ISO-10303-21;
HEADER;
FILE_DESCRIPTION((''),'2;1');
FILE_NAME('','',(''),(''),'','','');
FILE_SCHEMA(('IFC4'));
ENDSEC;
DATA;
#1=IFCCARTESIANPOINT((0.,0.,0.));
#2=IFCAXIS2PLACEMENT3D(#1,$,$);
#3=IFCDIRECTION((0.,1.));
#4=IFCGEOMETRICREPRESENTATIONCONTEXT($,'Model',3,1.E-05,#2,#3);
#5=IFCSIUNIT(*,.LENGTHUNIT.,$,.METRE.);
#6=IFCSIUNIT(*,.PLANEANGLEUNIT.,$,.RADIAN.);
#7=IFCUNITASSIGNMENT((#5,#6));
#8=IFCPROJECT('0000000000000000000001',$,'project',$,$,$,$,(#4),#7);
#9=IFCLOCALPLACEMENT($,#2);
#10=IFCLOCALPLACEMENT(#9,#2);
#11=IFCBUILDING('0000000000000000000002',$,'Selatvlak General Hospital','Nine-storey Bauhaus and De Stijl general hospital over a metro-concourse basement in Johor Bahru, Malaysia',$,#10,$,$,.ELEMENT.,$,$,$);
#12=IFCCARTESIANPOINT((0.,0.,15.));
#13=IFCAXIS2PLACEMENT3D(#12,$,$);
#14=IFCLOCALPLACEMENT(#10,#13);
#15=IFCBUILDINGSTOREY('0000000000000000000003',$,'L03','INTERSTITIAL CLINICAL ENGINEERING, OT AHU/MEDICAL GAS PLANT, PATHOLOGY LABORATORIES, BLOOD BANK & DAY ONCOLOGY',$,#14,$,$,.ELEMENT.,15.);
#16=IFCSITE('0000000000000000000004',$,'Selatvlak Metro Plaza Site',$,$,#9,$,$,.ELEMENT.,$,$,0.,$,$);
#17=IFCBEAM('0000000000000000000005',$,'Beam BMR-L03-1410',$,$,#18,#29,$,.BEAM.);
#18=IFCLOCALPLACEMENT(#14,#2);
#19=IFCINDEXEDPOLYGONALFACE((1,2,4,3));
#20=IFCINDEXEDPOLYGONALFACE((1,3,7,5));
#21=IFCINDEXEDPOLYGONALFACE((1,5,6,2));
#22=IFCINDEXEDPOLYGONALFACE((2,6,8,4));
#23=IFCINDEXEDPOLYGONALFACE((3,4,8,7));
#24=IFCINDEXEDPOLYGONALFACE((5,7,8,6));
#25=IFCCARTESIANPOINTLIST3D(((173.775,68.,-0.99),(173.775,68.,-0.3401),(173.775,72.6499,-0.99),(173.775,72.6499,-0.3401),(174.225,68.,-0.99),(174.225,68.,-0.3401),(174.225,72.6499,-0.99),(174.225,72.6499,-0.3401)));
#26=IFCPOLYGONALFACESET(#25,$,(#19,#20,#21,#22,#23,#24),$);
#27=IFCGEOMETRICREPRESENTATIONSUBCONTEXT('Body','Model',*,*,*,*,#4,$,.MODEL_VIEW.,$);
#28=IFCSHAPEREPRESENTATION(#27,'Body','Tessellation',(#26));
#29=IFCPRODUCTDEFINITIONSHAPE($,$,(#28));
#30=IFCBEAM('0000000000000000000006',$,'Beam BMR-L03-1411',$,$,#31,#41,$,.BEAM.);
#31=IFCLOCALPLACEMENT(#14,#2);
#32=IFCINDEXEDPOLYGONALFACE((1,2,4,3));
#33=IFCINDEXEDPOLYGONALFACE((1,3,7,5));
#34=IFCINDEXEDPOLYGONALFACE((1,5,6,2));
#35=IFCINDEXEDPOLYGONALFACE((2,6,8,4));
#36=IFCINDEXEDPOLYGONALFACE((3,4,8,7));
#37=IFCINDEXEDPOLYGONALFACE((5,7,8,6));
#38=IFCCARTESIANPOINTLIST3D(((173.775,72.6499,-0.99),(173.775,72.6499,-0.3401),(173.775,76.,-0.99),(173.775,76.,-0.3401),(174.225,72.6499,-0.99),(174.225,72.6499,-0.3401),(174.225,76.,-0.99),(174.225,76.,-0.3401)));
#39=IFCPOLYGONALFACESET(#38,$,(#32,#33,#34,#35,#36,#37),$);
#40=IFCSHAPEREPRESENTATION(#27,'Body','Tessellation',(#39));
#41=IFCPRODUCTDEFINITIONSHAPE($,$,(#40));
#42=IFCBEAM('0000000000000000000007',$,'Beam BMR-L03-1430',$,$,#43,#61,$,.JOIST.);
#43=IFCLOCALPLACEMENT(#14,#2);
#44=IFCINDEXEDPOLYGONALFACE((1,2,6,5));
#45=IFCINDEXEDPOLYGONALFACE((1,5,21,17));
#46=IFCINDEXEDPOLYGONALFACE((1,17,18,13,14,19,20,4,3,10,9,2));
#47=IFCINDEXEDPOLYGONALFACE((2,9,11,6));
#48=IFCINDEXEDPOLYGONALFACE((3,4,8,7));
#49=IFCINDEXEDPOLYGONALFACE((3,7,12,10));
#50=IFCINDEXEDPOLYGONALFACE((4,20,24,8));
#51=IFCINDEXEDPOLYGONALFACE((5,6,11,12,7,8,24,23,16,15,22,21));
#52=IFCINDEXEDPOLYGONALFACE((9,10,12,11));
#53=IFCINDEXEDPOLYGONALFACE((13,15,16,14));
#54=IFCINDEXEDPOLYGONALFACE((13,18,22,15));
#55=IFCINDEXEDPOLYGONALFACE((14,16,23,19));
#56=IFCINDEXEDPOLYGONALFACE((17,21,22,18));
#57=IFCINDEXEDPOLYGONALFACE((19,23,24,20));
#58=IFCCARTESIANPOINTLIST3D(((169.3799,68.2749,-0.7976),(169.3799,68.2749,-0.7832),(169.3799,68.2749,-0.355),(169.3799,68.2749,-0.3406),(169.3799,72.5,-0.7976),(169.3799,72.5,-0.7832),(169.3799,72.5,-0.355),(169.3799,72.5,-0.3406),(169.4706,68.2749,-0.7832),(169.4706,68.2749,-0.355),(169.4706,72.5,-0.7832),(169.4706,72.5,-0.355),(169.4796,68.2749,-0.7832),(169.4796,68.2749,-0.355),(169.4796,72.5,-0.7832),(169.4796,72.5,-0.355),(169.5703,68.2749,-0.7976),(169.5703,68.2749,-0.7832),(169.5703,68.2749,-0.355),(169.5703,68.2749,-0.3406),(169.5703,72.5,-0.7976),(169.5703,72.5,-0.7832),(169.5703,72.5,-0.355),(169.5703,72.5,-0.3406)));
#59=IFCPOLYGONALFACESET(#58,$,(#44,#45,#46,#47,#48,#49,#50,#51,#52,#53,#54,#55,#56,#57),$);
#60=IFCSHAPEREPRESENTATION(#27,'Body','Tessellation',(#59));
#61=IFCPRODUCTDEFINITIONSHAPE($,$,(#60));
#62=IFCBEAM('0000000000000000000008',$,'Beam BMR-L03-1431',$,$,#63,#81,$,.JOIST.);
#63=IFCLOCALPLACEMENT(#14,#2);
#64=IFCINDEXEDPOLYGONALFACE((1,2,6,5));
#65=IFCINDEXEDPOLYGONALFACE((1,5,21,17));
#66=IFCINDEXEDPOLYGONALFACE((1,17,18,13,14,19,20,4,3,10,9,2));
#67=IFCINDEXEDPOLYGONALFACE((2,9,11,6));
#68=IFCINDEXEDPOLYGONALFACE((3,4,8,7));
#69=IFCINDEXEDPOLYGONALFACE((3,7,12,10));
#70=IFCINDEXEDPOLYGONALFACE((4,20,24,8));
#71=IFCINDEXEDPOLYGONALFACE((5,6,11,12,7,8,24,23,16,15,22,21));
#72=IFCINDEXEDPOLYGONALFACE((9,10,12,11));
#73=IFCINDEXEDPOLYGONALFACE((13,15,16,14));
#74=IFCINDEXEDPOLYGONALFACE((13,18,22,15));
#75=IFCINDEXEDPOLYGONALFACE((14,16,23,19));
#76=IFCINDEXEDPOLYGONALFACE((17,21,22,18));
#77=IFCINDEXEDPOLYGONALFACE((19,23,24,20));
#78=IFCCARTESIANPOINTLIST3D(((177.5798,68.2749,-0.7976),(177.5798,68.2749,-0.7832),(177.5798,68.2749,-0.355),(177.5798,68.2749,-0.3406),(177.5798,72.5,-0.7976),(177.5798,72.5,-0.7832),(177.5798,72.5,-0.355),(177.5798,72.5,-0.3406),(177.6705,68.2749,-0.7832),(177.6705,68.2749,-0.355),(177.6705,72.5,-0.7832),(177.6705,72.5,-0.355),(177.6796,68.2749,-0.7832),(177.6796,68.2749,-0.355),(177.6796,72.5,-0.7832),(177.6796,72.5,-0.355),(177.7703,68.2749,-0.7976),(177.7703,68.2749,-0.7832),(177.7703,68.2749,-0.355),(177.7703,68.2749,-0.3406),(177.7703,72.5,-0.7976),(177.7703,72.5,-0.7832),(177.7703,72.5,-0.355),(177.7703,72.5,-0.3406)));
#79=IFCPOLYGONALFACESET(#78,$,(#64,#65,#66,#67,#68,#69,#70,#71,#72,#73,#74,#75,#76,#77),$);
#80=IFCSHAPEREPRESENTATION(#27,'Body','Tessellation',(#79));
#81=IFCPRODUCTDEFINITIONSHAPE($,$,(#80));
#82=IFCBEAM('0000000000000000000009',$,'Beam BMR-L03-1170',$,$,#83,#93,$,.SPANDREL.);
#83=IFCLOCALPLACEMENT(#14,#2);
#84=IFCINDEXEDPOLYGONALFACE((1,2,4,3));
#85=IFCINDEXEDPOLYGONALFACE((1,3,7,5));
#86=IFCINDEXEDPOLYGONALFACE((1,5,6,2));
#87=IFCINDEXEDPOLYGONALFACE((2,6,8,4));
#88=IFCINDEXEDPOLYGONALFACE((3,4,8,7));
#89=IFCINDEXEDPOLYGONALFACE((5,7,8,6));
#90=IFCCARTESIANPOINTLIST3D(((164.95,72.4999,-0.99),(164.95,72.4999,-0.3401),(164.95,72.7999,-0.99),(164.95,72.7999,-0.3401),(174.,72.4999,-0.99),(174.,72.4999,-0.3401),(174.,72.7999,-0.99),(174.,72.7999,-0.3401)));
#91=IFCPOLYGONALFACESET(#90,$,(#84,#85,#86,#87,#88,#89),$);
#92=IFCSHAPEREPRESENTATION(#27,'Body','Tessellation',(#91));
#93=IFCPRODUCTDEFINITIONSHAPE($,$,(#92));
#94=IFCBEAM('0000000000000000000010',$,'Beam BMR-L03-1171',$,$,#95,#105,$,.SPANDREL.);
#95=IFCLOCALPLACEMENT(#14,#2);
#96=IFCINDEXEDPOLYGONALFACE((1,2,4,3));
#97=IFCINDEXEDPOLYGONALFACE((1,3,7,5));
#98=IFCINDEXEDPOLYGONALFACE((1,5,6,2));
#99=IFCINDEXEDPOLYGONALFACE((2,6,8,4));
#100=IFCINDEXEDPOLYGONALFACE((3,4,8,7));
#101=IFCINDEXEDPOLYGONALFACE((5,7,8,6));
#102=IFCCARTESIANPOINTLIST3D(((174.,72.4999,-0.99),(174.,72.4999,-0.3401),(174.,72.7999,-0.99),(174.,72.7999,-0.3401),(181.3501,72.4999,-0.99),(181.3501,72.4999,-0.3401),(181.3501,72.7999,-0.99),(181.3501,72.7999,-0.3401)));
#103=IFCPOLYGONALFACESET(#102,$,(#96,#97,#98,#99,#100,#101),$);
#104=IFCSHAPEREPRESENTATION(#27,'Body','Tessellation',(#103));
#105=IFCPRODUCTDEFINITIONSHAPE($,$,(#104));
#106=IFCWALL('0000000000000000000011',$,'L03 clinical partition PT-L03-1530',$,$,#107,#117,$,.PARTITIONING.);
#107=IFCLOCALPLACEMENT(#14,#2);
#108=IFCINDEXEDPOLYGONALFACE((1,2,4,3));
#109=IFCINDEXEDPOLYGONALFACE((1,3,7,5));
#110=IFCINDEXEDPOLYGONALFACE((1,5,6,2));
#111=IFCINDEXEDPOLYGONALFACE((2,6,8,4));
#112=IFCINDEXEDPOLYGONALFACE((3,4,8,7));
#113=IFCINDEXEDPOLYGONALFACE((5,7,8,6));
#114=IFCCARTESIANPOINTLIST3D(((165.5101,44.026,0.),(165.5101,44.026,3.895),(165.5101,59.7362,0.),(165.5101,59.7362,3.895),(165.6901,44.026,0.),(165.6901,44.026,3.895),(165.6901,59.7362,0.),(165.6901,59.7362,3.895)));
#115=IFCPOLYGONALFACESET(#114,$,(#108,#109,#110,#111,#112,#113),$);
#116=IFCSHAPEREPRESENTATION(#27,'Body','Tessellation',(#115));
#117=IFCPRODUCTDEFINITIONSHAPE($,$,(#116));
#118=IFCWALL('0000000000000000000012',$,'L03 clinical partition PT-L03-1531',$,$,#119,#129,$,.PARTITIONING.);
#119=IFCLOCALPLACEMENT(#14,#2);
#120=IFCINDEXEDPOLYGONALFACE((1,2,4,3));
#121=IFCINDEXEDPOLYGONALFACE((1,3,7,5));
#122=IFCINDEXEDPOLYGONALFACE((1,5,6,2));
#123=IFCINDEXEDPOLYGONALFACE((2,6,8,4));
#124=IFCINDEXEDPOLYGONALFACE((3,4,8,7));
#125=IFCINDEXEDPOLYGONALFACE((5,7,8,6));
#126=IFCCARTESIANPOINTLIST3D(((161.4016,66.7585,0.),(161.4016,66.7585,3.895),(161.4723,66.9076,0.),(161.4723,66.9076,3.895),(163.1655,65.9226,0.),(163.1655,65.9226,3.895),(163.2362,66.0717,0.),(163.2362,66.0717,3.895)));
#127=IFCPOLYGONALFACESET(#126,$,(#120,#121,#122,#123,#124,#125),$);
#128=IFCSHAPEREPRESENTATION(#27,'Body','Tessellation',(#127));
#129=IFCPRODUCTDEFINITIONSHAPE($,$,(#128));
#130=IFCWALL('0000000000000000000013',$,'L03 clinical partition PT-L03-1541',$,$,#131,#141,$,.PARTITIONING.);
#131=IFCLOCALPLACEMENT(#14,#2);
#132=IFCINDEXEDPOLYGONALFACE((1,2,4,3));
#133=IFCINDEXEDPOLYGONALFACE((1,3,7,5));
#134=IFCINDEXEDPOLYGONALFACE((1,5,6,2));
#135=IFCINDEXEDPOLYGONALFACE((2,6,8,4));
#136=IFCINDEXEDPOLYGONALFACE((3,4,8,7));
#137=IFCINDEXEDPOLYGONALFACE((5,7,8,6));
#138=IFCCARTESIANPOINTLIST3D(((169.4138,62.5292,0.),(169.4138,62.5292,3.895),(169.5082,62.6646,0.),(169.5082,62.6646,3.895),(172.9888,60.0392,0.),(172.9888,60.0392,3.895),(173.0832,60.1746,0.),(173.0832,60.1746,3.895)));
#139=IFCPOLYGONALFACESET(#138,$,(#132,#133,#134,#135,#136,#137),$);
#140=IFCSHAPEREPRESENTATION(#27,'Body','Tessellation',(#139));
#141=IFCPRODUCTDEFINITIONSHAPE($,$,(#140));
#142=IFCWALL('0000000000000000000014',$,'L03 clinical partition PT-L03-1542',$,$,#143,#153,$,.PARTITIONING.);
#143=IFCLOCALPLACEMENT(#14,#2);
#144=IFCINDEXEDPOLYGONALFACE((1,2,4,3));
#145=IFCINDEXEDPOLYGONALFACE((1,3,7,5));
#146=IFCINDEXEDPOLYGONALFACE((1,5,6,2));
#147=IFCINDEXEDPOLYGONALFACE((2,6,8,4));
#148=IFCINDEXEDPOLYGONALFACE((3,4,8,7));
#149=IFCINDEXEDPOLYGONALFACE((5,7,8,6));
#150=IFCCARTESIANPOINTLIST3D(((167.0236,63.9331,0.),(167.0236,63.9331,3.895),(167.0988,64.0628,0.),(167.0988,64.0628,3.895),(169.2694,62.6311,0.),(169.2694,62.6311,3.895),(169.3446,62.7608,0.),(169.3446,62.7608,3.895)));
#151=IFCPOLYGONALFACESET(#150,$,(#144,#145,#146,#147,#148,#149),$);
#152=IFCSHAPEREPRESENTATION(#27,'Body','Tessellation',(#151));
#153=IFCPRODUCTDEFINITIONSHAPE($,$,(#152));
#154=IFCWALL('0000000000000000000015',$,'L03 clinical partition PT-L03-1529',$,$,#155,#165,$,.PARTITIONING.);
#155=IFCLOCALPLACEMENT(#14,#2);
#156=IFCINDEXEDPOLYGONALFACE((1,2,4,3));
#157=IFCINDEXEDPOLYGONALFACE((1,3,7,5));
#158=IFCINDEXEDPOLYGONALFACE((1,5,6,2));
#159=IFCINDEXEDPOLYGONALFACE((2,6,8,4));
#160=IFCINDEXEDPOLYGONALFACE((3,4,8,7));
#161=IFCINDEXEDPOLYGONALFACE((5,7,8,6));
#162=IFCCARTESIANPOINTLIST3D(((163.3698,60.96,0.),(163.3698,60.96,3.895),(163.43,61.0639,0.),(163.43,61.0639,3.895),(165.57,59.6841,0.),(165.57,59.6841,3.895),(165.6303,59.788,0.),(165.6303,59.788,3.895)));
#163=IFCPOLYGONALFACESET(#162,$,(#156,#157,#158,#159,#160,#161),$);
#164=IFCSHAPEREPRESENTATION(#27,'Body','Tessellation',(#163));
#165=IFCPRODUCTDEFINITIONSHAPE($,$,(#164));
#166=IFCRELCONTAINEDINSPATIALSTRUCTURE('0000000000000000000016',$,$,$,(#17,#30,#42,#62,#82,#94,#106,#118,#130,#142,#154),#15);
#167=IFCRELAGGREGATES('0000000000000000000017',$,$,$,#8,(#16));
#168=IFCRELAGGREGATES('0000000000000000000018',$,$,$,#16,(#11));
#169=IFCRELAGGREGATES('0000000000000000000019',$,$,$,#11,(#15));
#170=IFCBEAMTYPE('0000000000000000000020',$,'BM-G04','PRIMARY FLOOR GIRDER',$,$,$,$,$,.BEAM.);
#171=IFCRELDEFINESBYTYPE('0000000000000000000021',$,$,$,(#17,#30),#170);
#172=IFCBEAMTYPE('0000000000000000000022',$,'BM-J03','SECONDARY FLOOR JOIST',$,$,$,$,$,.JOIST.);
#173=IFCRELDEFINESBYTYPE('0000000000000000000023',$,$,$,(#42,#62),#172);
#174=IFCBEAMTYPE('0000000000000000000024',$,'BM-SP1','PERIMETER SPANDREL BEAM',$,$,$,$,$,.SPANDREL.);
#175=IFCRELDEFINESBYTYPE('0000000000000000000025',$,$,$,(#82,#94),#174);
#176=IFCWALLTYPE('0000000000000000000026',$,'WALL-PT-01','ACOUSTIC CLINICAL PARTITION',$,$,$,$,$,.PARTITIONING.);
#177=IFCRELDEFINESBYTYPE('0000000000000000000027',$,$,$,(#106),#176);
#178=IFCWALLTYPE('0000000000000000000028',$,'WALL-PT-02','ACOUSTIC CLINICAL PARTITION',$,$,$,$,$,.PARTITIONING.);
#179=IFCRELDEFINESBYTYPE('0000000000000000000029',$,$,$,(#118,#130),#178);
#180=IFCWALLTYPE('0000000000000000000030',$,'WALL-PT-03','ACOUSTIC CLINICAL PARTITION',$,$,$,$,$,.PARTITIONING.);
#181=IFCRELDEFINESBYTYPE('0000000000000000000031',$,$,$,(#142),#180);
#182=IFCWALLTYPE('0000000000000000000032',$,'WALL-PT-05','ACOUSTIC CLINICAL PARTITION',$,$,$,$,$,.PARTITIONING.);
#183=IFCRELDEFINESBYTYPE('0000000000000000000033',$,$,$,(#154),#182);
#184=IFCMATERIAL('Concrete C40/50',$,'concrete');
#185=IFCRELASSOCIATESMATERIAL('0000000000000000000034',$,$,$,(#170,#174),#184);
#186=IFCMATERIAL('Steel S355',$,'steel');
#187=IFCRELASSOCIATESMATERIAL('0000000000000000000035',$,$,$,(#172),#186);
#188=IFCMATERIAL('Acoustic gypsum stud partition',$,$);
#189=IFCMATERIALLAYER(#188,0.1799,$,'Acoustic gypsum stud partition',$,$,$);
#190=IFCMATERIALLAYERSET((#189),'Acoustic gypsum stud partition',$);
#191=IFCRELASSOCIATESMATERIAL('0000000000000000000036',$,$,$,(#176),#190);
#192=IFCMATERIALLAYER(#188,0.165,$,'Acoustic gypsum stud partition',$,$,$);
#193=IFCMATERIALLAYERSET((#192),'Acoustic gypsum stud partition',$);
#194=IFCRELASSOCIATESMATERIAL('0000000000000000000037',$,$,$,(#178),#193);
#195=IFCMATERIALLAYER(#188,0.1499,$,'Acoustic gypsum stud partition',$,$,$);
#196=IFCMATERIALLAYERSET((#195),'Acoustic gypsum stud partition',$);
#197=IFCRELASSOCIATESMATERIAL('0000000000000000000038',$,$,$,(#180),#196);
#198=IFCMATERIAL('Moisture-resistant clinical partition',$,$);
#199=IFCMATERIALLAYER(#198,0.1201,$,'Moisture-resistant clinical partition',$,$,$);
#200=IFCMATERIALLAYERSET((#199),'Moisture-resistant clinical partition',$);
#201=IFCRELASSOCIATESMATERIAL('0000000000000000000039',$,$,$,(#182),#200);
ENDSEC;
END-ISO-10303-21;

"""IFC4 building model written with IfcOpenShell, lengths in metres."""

from ifc_helpers import new_model, si_unit, direction, frame, frame_2d, origin, origin_2d, place, context, subcontext, project, spatial, rectangle, i_section, extrude, material, layer, layer_set, material_profile, profile_set, type_object, element, save


model = new_model("IFC4")

# Units and contexts
model_context = context("Model", 3, precision=1e-05, world=origin(), true_north=direction((0.0, 1.0)))
body_context = subcontext(model_context, "Body", "Model", "MODEL_VIEW")
ifc_project = project(units=[si_unit("LENGTHUNIT", "METRE"), si_unit("PLANEANGLEUNIT", "RADIAN")], contexts=[model_context])

# Site, building, storey
site_placement = place(None, origin())
site = spatial("IfcSite", under=ifc_project, at=site_placement, Name="Selatvlak Metro Plaza Site", CompositionType="ELEMENT", RefElevation=0.0)
building_placement = place(site_placement, origin())
building = spatial("IfcBuilding", under=site, at=building_placement, Name="Selatvlak General Hospital", Description="Nine-storey Bauhaus and De Stijl general hospital over a metro-concourse basement in Johor Bahru, Malaysia", CompositionType="ELEMENT")
storey_placement = place(building_placement, frame((0.0, 0.0, 15.0)))
storey = spatial("IfcBuildingStorey", under=building, at=storey_placement, Name="L03", Description="INTERSTITIAL CLINICAL ENGINEERING, OT AHU/MEDICAL GAS PLANT, PATHOLOGY LABORATORIES, BLOOD BANK & DAY ONCOLOGY", CompositionType="ELEMENT", Elevation=15.0)

# Shared definitions
ifc_material_1 = material(Name="Concrete C40/50", Category="concrete")

# Beams
ifc_material_profile_1 = material_profile(ifc_material_1, rectangle(XDim=0.45, YDim=0.6499, at=origin_2d()), Name="RC-BM 450x650")
ifc_profile_set_1 = profile_set([ifc_material_profile_1], Name="Concrete C40/50")
beam_type_1 = type_object("IfcBeamType", Name="BM-G04", Description="PRIMARY FLOOR GIRDER", PredefinedType="BEAM", material=ifc_profile_set_1)
beam_1_placement = place(storey_placement, frame((174.0, 68.0, -0.665), z_axis=(0.0, 1.0, 0.0), x_axis=(-1.0, 0.0, 0.0)))
element("IfcBeam", 1, at=beam_1_placement, inside=storey, type_object=beam_type_1, Name="Beam BMR-L03-1410", PredefinedType="BEAM", context=body_context, shape_type="SweptSolid", body=[
    extrude(rectangle(XDim=0.45, YDim=0.6499, at=origin_2d()), origin(), (0.0, 0.0, 1.0), 4.6499),
])
beam_2_placement = place(storey_placement, frame((174.0, 72.6499, -0.665), z_axis=(0.0, 1.0, 0.0), x_axis=(-1.0, 0.0, 0.0)))
element("IfcBeam", 2, at=beam_2_placement, inside=storey, type_object=beam_type_1, Name="Beam BMR-L03-1411", PredefinedType="BEAM", context=body_context, shape_type="SweptSolid", body=[
    extrude(rectangle(XDim=0.45, YDim=0.6499, at=origin_2d()), origin(), (0.0, 0.0, 1.0), 3.3501),
])
ifc_material_2 = material(Name="Steel S355", Category="steel")
ifc_material_profile_2 = material_profile(ifc_material_2, i_section(OverallWidth=0.1904, OverallDepth=0.457, WebThickness=0.009, FlangeThickness=0.0144, at=origin_2d()), Name="UB 457x191x74")
ifc_profile_set_2 = profile_set([ifc_material_profile_2], Name="Steel S355")
beam_type_2 = type_object("IfcBeamType", Name="BM-J03", Description="SECONDARY FLOOR JOIST", PredefinedType="JOIST", material=ifc_profile_set_2)
for number, where, z_axis, x_axis, name in (
    (3, (169.4751, 68.2749, -0.5691), (0.0, 1.0, 0.0), (-1.0, 0.0, 0.0), "Beam BMR-L03-1430"),
    (4, (177.675, 68.2749, -0.5691), (0.0, 1.0, 0.0), (-1.0, 0.0, 0.0), "Beam BMR-L03-1431"),
):
    element("IfcBeam", number, at=place(storey_placement, frame(where, z_axis=z_axis, x_axis=x_axis)), inside=storey, type_object=beam_type_2, Name=name, PredefinedType="JOIST", context=body_context, shape_type="SweptSolid", body=[
        extrude(i_section(OverallWidth=0.1904, OverallDepth=0.457, WebThickness=0.009, FlangeThickness=0.0144, at=origin_2d()), origin(), (0.0, 0.0, 1.0), 4.2251),
    ])
ifc_material_profile_3 = material_profile(ifc_material_1, rectangle(XDim=0.3, YDim=0.6499, at=origin_2d()), Name="RC-SP 300x650")
ifc_profile_set_3 = profile_set([ifc_material_profile_3], Name="Concrete C40/50")
beam_type_3 = type_object("IfcBeamType", Name="BM-SP1", Description="PERIMETER SPANDREL BEAM", PredefinedType="SPANDREL", material=ifc_profile_set_3)
beam_3_placement = place(storey_placement, frame((164.95, 72.6499, -0.665), z_axis=(1.0, 0.0, 0.0), x_axis=(0.0, 1.0, 0.0)))
element("IfcBeam", 5, at=beam_3_placement, inside=storey, type_object=beam_type_3, Name="Beam BMR-L03-1170", PredefinedType="SPANDREL", context=body_context, shape_type="SweptSolid", body=[
    extrude(rectangle(XDim=0.3, YDim=0.6499, at=origin_2d()), origin(), (0.0, 0.0, 1.0), 9.05),
])
beam_4_placement = place(storey_placement, frame((174.0, 72.6499, -0.665), z_axis=(1.0, 0.0, 0.0), x_axis=(0.0, 1.0, 0.0)))
element("IfcBeam", 6, at=beam_4_placement, inside=storey, type_object=beam_type_3, Name="Beam BMR-L03-1171", PredefinedType="SPANDREL", context=body_context, shape_type="SweptSolid", body=[
    extrude(rectangle(XDim=0.3, YDim=0.6499, at=origin_2d()), origin(), (0.0, 0.0, 1.0), 7.3501),
])

# Walls
ifc_material_3 = material(Name="Acoustic gypsum stud partition")
ifc_layer_1 = layer(ifc_material_3, 0.1799, Name="Acoustic gypsum stud partition")
ifc_layer_set_1 = layer_set([ifc_layer_1], Name="Acoustic gypsum stud partition")
wall_type_1 = type_object("IfcWallType", Name="WALL-PT-01", Description="ACOUSTIC CLINICAL PARTITION", PredefinedType="PARTITIONING", material=ifc_layer_set_1)
wall_1_placement = place(storey_placement, frame((165.6001, 59.7361, 0.0), z_axis=(0.0, 0.0, 1.0), x_axis=(0.0, -1.0, 0.0)))
element("IfcWall", 7, at=wall_1_placement, inside=storey, type_object=wall_type_1, Name="L03 clinical partition PT-L03-1530", PredefinedType="PARTITIONING", context=body_context, shape_type="SweptSolid", body=[
    extrude(rectangle(XDim=15.7102, YDim=0.1799, at=frame_2d((7.855, 0.0))), origin(), (0.0, 0.0, 1.0), 3.895),
])
ifc_layer_2 = layer(ifc_material_3, 0.165, Name="Acoustic gypsum stud partition")
ifc_layer_set_2 = layer_set([ifc_layer_2], Name="Acoustic gypsum stud partition")
wall_type_2 = type_object("IfcWallType", Name="WALL-PT-02", Description="ACOUSTIC CLINICAL PARTITION", PredefinedType="PARTITIONING", material=ifc_layer_set_2)
wall_2_placement = place(storey_placement, frame((163.2009, 65.9971, 0.0), z_axis=(0.0, 0.0, 1.0), x_axis=(-0.903659, 0.428253, 0.0)))
element("IfcWall", 8, at=wall_2_placement, inside=storey, type_object=wall_type_2, Name="L03 clinical partition PT-L03-1531", PredefinedType="PARTITIONING", context=body_context, shape_type="SweptSolid", body=[
    extrude(rectangle(XDim=1.9519, YDim=0.165, at=frame_2d((0.9761, 0.0))), origin(), (0.0, 0.0, 1.0), 3.895),
])
wall_3_placement = place(storey_placement, frame((173.0359, 60.1069, 0.0), z_axis=(0.0, 0.0, 1.0), x_axis=(-0.820575, 0.571539, 0.0)))
element("IfcWall", 9, at=wall_3_placement, inside=storey, type_object=wall_type_2, Name="L03 clinical partition PT-L03-1541", PredefinedType="PARTITIONING", context=body_context, shape_type="SweptSolid", body=[
    extrude(rectangle(XDim=4.3567, YDim=0.165, at=frame_2d((2.1782, 0.0))), origin(), (0.0, 0.0, 1.0), 3.895),
])
ifc_layer_3 = layer(ifc_material_3, 0.1499, Name="Acoustic gypsum stud partition")
ifc_layer_set_3 = layer_set([ifc_layer_3], Name="Acoustic gypsum stud partition")
wall_type_3 = type_object("IfcWallType", Name="WALL-PT-03", Description="ACOUSTIC CLINICAL PARTITION", PredefinedType="PARTITIONING", material=ifc_layer_set_3)
wall_4_placement = place(storey_placement, frame((169.3069, 62.696, 0.0), z_axis=(0.0, 0.0, 1.0), x_axis=(-0.86513, 0.501548, 0.0)))
element("IfcWall", 10, at=wall_4_placement, inside=storey, type_object=wall_type_3, Name="L03 clinical partition PT-L03-1542", PredefinedType="PARTITIONING", context=body_context, shape_type="SweptSolid", body=[
    extrude(rectangle(XDim=2.5959, YDim=0.1499, at=frame_2d((1.2979, 0.0))), origin(), (0.0, 0.0, 1.0), 3.895),
])
ifc_material_4 = material(Name="Moisture-resistant clinical partition")
ifc_layer_4 = layer(ifc_material_4, 0.1201, Name="Moisture-resistant clinical partition")
ifc_layer_set_4 = layer_set([ifc_layer_4], Name="Moisture-resistant clinical partition")
wall_type_4 = type_object("IfcWallType", Name="WALL-PT-05", Description="ACOUSTIC CLINICAL PARTITION", PredefinedType="PARTITIONING", material=ifc_layer_set_4)
wall_5_placement = place(storey_placement, frame((163.3999, 61.012, 0.0), z_axis=(0.0, 0.0, 1.0), x_axis=(0.865071, -0.501649, 0.0)))
element("IfcWall", 11, at=wall_5_placement, inside=storey, type_object=wall_type_4, Name="L03 clinical partition PT-L03-1529", PredefinedType="PARTITIONING", context=body_context, shape_type="SweptSolid", body=[
    extrude(rectangle(XDim=2.5435, YDim=0.1201, at=frame_2d((1.2717, 0.0))), origin(), (0.0, 0.0, 1.0), 3.895),
])

save(model, "model.ifc")
